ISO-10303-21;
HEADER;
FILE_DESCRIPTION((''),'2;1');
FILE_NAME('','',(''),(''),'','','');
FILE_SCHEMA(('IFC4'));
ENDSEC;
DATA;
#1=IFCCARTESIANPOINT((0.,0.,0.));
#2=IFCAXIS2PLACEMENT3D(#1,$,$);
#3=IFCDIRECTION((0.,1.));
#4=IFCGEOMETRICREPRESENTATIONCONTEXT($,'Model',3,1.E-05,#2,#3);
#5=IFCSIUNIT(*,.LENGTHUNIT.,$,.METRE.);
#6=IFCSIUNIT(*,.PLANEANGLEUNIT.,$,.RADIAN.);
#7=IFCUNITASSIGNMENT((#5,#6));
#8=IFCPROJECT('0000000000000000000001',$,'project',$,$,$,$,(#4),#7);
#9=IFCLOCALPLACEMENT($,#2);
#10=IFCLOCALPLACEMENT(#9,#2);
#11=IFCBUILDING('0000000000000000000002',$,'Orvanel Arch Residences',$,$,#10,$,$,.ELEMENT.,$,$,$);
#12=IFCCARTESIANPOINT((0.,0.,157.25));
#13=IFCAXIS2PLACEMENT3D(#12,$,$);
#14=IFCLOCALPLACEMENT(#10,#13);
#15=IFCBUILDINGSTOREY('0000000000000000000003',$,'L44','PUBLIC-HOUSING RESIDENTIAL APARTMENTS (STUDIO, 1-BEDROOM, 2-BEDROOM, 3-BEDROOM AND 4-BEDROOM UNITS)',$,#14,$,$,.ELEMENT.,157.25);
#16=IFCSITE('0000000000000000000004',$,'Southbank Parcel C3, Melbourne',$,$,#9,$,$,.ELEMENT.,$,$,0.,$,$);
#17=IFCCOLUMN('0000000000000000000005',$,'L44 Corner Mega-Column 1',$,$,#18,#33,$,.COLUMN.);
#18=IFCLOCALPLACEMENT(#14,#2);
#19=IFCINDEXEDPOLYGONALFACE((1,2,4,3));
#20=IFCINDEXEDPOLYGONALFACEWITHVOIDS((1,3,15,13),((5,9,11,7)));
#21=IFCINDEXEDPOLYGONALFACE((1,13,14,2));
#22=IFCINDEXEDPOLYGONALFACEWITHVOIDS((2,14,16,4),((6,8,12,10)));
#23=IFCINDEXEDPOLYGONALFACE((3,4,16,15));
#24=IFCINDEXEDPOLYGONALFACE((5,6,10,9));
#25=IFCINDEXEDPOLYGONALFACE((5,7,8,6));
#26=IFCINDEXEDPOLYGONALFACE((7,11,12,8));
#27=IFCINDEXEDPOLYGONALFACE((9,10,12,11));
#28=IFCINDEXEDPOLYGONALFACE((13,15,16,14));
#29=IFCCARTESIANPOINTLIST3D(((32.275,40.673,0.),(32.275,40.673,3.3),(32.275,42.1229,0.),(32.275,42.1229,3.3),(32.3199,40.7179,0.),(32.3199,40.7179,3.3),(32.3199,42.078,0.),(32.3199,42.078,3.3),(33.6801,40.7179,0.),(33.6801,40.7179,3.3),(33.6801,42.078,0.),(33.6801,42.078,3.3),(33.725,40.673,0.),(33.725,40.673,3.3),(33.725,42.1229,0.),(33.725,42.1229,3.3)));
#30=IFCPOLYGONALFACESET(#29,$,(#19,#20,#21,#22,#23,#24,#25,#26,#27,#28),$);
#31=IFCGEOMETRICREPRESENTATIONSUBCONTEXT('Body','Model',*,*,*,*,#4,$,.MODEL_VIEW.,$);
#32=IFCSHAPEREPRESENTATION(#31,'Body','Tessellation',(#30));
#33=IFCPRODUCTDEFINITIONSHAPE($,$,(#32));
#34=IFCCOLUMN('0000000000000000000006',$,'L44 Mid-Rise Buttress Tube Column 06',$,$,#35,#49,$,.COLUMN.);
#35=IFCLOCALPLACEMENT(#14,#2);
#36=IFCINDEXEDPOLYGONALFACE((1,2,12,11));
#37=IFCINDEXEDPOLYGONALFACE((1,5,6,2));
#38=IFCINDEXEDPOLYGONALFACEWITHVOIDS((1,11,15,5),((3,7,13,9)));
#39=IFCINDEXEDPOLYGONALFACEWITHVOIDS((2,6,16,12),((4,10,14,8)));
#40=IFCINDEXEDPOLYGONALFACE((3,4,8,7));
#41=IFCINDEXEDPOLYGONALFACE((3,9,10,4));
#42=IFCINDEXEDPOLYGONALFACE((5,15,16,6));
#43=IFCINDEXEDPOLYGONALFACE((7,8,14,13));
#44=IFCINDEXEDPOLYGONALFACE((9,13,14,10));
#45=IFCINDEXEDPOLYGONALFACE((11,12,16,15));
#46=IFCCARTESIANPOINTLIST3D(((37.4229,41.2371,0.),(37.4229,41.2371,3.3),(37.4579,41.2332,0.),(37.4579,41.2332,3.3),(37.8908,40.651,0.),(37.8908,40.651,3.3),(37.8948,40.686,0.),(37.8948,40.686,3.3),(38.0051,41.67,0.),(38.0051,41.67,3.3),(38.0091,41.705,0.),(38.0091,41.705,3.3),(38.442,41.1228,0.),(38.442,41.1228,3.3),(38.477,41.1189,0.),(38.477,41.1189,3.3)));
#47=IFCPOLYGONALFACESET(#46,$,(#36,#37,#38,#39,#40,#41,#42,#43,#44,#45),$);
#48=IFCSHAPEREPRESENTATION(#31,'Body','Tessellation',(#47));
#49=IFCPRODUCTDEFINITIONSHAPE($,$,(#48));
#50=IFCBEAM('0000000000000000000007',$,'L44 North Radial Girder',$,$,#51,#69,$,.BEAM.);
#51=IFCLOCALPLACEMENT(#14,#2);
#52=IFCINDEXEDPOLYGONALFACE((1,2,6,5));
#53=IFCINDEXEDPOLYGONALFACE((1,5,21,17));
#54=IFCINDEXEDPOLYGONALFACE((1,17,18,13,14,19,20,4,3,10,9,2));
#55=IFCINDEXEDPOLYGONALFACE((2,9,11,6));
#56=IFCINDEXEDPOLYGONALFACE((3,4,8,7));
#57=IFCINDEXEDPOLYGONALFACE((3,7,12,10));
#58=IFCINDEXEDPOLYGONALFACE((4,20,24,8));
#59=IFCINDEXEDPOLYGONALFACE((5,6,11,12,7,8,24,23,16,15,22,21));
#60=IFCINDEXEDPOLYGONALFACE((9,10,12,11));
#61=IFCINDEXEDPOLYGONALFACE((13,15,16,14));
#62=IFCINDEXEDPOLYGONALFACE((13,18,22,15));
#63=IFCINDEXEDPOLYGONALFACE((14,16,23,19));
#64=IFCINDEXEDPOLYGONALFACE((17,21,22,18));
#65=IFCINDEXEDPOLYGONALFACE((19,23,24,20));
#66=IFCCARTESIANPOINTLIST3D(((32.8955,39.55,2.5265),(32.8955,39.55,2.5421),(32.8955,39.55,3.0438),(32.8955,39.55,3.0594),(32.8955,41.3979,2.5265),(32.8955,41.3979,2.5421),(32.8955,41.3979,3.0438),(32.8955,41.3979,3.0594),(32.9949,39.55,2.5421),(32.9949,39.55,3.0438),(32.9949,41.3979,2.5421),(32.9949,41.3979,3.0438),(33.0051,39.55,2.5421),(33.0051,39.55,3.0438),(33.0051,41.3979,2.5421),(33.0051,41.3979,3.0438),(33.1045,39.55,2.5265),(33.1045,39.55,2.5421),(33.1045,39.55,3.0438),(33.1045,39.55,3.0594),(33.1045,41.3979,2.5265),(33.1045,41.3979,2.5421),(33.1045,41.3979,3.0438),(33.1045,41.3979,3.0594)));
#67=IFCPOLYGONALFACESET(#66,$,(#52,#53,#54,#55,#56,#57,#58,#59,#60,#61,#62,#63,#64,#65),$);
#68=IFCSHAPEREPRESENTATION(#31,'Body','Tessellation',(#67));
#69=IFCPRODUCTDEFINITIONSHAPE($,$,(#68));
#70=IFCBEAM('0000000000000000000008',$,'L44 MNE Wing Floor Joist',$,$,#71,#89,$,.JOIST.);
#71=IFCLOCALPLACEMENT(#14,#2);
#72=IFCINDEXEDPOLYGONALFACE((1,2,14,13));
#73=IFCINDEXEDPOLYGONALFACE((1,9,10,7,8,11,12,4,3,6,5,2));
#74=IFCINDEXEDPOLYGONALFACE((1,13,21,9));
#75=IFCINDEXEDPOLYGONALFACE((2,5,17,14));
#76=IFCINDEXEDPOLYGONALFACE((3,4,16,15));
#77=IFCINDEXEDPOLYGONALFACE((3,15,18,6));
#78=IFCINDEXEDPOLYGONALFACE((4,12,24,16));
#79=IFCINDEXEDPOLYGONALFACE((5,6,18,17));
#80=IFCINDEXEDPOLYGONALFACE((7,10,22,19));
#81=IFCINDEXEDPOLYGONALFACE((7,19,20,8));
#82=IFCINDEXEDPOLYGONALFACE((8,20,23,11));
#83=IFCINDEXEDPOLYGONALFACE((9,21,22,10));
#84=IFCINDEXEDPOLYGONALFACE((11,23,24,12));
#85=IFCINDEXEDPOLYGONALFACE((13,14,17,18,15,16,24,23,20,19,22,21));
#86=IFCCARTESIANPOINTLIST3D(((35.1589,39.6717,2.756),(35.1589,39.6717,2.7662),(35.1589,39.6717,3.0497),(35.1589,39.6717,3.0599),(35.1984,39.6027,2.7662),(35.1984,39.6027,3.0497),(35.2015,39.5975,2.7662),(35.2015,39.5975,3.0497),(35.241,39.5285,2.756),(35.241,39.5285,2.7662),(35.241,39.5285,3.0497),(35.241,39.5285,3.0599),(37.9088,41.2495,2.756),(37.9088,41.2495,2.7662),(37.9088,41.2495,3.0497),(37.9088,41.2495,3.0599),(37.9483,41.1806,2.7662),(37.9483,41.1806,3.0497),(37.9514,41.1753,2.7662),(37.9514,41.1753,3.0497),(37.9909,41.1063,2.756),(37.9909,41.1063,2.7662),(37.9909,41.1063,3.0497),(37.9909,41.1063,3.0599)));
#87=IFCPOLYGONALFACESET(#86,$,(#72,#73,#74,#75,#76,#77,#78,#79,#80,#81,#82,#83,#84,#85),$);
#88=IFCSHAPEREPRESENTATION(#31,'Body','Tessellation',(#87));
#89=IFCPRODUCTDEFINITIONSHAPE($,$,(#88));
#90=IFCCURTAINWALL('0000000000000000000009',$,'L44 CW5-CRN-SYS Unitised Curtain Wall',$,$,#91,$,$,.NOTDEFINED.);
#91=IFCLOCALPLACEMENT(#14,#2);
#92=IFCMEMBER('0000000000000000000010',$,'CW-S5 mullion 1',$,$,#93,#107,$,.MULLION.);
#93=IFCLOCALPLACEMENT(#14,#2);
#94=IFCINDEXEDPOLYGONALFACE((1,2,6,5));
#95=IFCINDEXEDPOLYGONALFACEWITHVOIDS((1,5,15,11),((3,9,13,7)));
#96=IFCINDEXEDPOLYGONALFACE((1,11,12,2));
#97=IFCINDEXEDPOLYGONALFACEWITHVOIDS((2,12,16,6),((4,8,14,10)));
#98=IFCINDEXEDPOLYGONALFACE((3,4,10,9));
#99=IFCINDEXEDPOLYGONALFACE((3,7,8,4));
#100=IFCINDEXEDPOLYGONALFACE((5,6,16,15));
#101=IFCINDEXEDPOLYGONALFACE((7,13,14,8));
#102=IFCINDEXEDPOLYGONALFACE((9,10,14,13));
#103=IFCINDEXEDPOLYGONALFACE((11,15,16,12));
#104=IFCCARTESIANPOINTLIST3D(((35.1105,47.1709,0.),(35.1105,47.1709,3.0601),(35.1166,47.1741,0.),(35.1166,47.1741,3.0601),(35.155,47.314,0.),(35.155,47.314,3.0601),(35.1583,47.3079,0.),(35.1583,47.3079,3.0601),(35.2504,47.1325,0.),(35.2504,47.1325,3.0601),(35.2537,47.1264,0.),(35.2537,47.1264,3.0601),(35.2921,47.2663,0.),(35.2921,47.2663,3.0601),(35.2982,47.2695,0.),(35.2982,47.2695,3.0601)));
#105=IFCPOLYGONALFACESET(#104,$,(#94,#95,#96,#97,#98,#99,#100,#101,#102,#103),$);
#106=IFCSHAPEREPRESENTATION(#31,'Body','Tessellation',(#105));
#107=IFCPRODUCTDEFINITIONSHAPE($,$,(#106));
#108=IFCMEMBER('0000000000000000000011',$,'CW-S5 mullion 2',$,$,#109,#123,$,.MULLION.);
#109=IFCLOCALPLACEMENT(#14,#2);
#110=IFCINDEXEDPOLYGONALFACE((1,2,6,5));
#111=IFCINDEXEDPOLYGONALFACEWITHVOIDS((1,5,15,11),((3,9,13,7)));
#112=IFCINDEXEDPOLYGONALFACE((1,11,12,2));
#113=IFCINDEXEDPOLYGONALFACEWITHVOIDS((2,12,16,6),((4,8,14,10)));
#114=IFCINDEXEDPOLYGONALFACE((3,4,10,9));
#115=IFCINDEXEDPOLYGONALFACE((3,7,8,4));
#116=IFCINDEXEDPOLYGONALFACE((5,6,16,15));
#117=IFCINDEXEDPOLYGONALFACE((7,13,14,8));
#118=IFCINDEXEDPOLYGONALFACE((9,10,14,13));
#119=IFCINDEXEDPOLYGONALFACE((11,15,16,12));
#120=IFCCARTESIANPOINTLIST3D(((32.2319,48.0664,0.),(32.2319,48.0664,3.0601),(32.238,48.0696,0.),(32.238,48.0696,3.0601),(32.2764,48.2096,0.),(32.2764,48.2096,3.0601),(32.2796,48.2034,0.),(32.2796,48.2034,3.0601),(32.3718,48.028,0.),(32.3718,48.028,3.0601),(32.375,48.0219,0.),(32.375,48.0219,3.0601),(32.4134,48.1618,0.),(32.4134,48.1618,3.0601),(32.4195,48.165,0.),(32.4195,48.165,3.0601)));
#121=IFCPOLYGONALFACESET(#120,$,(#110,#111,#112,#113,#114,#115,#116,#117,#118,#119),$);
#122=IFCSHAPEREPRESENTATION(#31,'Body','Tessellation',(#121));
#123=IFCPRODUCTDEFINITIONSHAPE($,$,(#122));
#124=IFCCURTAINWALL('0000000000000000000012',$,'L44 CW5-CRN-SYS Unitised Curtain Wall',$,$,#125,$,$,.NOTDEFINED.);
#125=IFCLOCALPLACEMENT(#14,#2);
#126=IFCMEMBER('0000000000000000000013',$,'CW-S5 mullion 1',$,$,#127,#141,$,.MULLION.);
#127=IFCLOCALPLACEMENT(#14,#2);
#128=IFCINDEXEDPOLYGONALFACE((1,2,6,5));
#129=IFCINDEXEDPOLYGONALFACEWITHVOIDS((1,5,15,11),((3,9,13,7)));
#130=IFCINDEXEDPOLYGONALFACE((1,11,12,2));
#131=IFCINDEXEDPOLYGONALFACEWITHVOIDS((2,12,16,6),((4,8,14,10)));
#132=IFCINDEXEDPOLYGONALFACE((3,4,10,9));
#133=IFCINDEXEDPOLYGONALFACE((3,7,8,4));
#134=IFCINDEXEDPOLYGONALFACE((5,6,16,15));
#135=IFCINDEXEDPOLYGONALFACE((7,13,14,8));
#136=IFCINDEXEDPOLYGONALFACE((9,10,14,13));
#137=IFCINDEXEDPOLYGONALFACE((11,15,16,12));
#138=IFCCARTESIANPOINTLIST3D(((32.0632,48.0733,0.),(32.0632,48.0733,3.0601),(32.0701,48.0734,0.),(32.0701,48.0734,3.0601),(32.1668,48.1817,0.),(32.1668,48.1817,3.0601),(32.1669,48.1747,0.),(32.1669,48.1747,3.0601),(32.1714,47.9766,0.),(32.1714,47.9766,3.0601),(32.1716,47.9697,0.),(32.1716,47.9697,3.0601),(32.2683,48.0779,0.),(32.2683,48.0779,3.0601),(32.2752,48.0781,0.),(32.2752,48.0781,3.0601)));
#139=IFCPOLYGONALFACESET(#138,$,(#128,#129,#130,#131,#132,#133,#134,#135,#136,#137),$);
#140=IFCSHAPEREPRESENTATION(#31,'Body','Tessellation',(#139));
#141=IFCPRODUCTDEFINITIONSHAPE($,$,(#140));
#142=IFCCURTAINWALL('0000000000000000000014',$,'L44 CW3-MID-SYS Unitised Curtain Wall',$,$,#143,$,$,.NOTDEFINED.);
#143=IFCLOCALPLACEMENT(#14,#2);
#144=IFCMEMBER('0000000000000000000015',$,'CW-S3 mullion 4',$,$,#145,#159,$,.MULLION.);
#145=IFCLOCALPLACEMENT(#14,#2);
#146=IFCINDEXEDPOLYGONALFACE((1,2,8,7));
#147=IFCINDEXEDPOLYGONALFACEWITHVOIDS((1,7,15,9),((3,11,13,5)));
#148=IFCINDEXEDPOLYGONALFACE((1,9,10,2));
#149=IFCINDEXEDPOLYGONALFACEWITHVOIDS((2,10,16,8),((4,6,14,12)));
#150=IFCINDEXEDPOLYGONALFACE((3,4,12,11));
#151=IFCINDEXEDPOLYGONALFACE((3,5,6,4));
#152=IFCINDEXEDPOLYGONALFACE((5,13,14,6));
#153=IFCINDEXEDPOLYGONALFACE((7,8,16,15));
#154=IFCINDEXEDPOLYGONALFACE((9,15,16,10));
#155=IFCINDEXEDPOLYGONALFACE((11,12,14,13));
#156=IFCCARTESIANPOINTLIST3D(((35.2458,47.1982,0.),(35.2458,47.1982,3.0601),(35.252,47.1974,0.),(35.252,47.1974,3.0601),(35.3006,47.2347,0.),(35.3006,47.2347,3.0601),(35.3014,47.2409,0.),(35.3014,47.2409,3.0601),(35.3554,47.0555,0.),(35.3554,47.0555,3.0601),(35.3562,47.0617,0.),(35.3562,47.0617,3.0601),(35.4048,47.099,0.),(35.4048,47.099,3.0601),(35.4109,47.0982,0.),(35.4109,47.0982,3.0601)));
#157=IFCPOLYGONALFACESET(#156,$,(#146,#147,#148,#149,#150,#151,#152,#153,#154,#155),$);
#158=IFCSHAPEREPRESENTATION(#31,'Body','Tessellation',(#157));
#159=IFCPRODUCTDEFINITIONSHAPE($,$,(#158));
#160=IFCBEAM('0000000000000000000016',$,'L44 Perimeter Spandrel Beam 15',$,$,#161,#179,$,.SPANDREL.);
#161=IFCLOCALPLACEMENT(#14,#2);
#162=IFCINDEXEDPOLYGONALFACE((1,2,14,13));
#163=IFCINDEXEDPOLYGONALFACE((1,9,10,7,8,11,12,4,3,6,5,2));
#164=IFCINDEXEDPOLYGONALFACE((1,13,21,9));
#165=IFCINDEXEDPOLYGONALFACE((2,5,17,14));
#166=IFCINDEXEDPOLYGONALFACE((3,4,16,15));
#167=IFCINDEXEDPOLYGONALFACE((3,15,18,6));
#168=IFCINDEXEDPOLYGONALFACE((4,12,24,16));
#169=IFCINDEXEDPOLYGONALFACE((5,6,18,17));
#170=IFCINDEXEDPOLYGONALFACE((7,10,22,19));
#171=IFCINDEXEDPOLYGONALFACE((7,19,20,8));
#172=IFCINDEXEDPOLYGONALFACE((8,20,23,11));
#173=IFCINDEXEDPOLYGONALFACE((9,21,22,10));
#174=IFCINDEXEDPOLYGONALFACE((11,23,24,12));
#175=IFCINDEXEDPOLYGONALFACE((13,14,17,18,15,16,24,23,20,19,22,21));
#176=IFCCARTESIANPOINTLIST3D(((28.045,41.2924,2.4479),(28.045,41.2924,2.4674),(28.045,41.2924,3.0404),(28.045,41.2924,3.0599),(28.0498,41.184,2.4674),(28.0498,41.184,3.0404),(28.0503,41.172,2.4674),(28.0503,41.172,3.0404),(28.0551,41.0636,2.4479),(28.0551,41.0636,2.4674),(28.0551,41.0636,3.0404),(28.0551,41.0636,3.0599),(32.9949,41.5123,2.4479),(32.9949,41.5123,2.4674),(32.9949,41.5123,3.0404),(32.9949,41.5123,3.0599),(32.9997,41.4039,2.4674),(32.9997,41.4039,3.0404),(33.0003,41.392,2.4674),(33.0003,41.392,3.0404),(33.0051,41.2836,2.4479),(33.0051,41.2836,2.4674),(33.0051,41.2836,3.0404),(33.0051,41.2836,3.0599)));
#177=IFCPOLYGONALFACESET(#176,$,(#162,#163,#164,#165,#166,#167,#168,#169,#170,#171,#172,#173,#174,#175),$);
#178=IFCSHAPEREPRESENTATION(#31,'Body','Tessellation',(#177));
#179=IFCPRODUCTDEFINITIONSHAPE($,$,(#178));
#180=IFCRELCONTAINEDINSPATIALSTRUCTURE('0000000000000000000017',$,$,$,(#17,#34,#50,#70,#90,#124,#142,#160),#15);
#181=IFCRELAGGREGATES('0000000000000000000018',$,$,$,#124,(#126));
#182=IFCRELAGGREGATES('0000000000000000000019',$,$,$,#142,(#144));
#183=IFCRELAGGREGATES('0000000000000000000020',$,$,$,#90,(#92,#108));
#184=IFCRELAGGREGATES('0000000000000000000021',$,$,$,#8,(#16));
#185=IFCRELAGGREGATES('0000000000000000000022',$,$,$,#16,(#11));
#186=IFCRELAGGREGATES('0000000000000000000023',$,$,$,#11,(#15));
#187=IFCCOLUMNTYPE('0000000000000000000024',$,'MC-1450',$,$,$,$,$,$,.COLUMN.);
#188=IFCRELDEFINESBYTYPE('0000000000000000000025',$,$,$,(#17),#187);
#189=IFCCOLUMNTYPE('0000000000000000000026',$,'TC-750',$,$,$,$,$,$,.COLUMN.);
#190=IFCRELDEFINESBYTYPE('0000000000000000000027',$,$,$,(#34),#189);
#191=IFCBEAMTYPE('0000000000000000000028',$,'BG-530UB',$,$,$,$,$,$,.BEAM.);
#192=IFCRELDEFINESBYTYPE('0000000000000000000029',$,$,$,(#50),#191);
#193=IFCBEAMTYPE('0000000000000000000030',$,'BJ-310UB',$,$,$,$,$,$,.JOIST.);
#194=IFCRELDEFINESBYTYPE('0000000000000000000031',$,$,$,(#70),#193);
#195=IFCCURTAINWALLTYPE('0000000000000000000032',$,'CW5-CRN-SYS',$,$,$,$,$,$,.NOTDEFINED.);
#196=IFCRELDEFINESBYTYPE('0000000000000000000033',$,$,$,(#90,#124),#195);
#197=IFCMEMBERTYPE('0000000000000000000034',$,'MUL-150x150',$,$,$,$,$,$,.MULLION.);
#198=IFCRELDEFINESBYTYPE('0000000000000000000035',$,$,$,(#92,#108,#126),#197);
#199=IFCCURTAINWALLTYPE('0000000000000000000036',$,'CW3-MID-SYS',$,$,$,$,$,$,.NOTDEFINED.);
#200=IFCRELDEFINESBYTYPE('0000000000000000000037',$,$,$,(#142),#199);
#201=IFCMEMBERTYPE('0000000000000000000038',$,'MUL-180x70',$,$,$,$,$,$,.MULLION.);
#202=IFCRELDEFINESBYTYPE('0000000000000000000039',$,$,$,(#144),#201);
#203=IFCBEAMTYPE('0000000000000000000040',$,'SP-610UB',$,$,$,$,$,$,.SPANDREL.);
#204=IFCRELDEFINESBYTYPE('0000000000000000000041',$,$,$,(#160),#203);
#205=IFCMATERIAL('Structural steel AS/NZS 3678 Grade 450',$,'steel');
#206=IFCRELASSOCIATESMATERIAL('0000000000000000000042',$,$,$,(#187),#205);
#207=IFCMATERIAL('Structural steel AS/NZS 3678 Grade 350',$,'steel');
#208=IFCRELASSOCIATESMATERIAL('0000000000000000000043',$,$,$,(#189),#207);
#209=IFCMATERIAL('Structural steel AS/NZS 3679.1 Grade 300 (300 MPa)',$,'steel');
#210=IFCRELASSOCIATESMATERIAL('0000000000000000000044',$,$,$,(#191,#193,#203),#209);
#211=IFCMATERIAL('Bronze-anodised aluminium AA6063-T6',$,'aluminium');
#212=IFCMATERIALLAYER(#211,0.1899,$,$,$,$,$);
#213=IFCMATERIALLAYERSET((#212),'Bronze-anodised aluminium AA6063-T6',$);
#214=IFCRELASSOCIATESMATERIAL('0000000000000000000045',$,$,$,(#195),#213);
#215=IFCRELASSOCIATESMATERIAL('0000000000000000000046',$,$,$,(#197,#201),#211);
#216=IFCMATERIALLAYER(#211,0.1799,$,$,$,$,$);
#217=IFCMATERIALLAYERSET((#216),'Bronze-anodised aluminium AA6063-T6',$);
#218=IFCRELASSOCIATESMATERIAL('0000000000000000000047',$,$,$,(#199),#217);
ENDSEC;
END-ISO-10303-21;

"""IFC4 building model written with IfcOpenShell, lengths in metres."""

from ifc_helpers import new_model, si_unit, direction, frame, origin, origin_2d, place, context, subcontext, project, spatial, hollow_rectangle, i_section, extrude, material, layer, layer_set, material_profile, profile_set, type_object, element, aggregate, save


model = new_model("IFC4")

# Units and contexts
model_context = context("Model", 3, precision=1e-05, world=origin(), true_north=direction((0.0, 1.0)))
body_context = subcontext(model_context, "Body", "Model", "MODEL_VIEW")
ifc_project = project(units=[si_unit("LENGTHUNIT", "METRE"), si_unit("PLANEANGLEUNIT", "RADIAN")], contexts=[model_context])

# Site, building, storey
site_placement = place(None, origin())
site = spatial("IfcSite", under=ifc_project, at=site_placement, Name="Southbank Parcel C3, Melbourne", CompositionType="ELEMENT", RefElevation=0.0)
building_placement = place(site_placement, origin())
building = spatial("IfcBuilding", under=site, at=building_placement, Name="Orvanel Arch Residences", CompositionType="ELEMENT")
storey_placement = place(building_placement, frame((0.0, 0.0, 157.25)))
storey = spatial("IfcBuildingStorey", under=building, at=storey_placement, Name="L44", Description="PUBLIC-HOUSING RESIDENTIAL APARTMENTS (STUDIO, 1-BEDROOM, 2-BEDROOM, 3-BEDROOM AND 4-BEDROOM UNITS)", CompositionType="ELEMENT", Elevation=157.25)

# Columns
ifc_material_1 = material(Name="Structural steel AS/NZS 3678 Grade 450", Category="steel")
ifc_material_profile_1 = material_profile(ifc_material_1, hollow_rectangle(XDim=1.45, YDim=1.45, WallThickness=0.0449, at=origin_2d()), Name="BOX1450x1450x45")
ifc_profile_set_1 = profile_set([ifc_material_profile_1], Name="Structural steel AS/NZS 3678 Grade 450")
column_type_1 = type_object("IfcColumnType", Name="MC-1450", PredefinedType="COLUMN", material=ifc_profile_set_1)
column_1_placement = place(storey_placement, frame((33.0, 41.3979, 0.0), z_axis=(0.0, 0.0, 1.0), x_axis=(1.0, 0.0, 0.0)))
element("IfcColumn", 1, at=column_1_placement, inside=storey, type_object=column_type_1, Name="L44 Corner Mega-Column 1", PredefinedType="COLUMN", context=body_context, shape_type="SweptSolid", body=[
    extrude(hollow_rectangle(XDim=1.45, YDim=1.45, WallThickness=0.0449, at=origin_2d()), origin(), (0.0, 0.0, 1.0), 3.3),
])
ifc_material_2 = material(Name="Structural steel AS/NZS 3678 Grade 350", Category="steel")
ifc_material_profile_2 = material_profile(ifc_material_2, hollow_rectangle(XDim=0.75, YDim=0.75, WallThickness=0.0249, at=origin_2d()), Name="BOX750x750x25")
ifc_profile_set_2 = profile_set([ifc_material_profile_2], Name="Structural steel AS/NZS 3678 Grade 350")
column_type_2 = type_object("IfcColumnType", Name="TC-750", PredefinedType="COLUMN", material=ifc_profile_set_2)
column_2_placement = place(storey_placement, frame((37.95, 41.178, 0.0), z_axis=(0.0, 0.0, 1.0), x_axis=(-0.62388, 0.78152, 0.0)))
element("IfcColumn", 2, at=column_2_placement, inside=storey, type_object=column_type_2, Name="L44 Mid-Rise Buttress Tube Column 06", PredefinedType="COLUMN", context=body_context, shape_type="SweptSolid", body=[
    extrude(hollow_rectangle(XDim=0.75, YDim=0.75, WallThickness=0.0249, at=origin_2d()), origin(), (0.0, 0.0, 1.0), 3.3),
])

# Beams
ifc_material_3 = material(Name="Structural steel AS/NZS 3679.1 Grade 300 (300 MPa)", Category="steel")
ifc_material_profile_3 = material_profile(ifc_material_3, i_section(OverallWidth=0.209, OverallDepth=0.533, WebThickness=0.0103, FlangeThickness=0.0156, at=origin_2d()), Name="530UB92.4")
ifc_profile_set_3 = profile_set([ifc_material_profile_3], Name="Structural steel AS/NZS 3679.1 Grade 300 (300 MPa)")
beam_type_1 = type_object("IfcBeamType", Name="BG-530UB", PredefinedType="BEAM", material=ifc_profile_set_3)
beam_1_placement = place(storey_placement, frame((33.0, 39.55, 2.793), z_axis=(0.0, 1.0, 0.0), x_axis=(-1.0, 0.0, 0.0)))
element("IfcBeam", 3, at=beam_1_placement, inside=storey, type_object=beam_type_1, Name="L44 North Radial Girder", PredefinedType="BEAM", context=body_context, shape_type="SweptSolid", body=[
    extrude(i_section(OverallWidth=0.209, OverallDepth=0.533, WebThickness=0.0103, FlangeThickness=0.0156, at=origin_2d()), origin(), (0.0, 0.0, 1.0), 1.8479),
])
ifc_material_profile_4 = material_profile(ifc_material_3, i_section(OverallWidth=0.165, OverallDepth=0.304, WebThickness=0.0061, FlangeThickness=0.0103, at=origin_2d()), Name="310UB40.4")
ifc_profile_set_4 = profile_set([ifc_material_profile_4], Name="Structural steel AS/NZS 3679.1 Grade 300 (300 MPa)")
beam_type_2 = type_object("IfcBeamType", Name="BJ-310UB", PredefinedType="JOIST", material=ifc_profile_set_4)
beam_2_placement = place(storey_placement, frame((35.2, 39.6001, 2.908), z_axis=(0.867365, 0.497672, 0.0), x_axis=(-0.497672, 0.867365, 0.0)))
element("IfcBeam", 4, at=beam_2_placement, inside=storey, type_object=beam_type_2, Name="L44 MNE Wing Floor Joist", PredefinedType="JOIST", context=body_context, shape_type="SweptSolid", body=[
    extrude(i_section(OverallWidth=0.165, OverallDepth=0.304, WebThickness=0.0061, FlangeThickness=0.0103, at=origin_2d()), origin(), (0.0, 0.0, 1.0), 3.1704),
])

# Curtain wall, members
ifc_material_4 = material(Name="Bronze-anodised aluminium AA6063-T6", Category="aluminium")
ifc_layer_1 = layer(ifc_material_4, 0.1899)
ifc_layer_set_1 = layer_set([ifc_layer_1], Name="Bronze-anodised aluminium AA6063-T6")
curtain_wall_type_1 = type_object("IfcCurtainWallType", Name="CW5-CRN-SYS", PredefinedType="NOTDEFINED", material=ifc_layer_set_1)
curtain_wall_1_placement = place(storey_placement, origin())
curtain_wall_1 = element("IfcCurtainWall", 5, at=curtain_wall_1_placement, inside=storey, type_object=curtain_wall_type_1, Name="L44 CW5-CRN-SYS Unitised Curtain Wall", PredefinedType="NOTDEFINED")
ifc_material_profile_5 = material_profile(ifc_material_4, hollow_rectangle(XDim=0.1499, YDim=0.1499, WallThickness=0.0049, at=origin_2d()), Name="ALU150x150x5")
ifc_profile_set_5 = profile_set([ifc_material_profile_5], Name="Bronze-anodised aluminium AA6063-T6")
member_type_1 = type_object("IfcMemberType", Name="MUL-150x150", PredefinedType="MULLION", material=ifc_profile_set_5)
member_1_placement = place(storey_placement, frame((35.2043, 47.2202, 0.0), z_axis=(0.0, 0.0, 1.0), x_axis=(-0.297015, -0.954873, 0.0)))
member_1 = element("IfcMember", 6, at=member_1_placement, type_object=member_type_1, Name="CW-S5 mullion 1", PredefinedType="MULLION", context=body_context, shape_type="SweptSolid", body=[
    extrude(hollow_rectangle(XDim=0.1499, YDim=0.1499, WallThickness=0.0049, at=origin_2d()), origin(), (0.0, 0.0, 1.0), 3.0601),
])
member_2_placement = place(storey_placement, frame((32.3257, 48.1157, 0.0), z_axis=(0.0, 0.0, 1.0), x_axis=(-0.297015, -0.954873, 0.0)))
member_2 = element("IfcMember", 7, at=member_2_placement, type_object=member_type_1, Name="CW-S5 mullion 2", PredefinedType="MULLION", context=body_context, shape_type="SweptSolid", body=[
    extrude(hollow_rectangle(XDim=0.1499, YDim=0.1499, WallThickness=0.0049, at=origin_2d()), origin(), (0.0, 0.0, 1.0), 3.0601),
])

# Curtain walls, members
curtain_wall_2_placement = place(storey_placement, origin())
curtain_wall_2 = element("IfcCurtainWall", 8, at=curtain_wall_2_placement, inside=storey, type_object=curtain_wall_type_1, Name="L44 CW5-CRN-SYS Unitised Curtain Wall", PredefinedType="NOTDEFINED")
member_3_placement = place(storey_placement, frame((32.1692, 48.0757, 0.0), z_axis=(0.0, 0.0, 1.0), x_axis=(0.723046, -0.6908, 0.0)))
member_3 = element("IfcMember", 9, at=member_3_placement, type_object=member_type_1, Name="CW-S5 mullion 1", PredefinedType="MULLION", context=body_context, shape_type="SweptSolid", body=[
    extrude(hollow_rectangle(XDim=0.1499, YDim=0.1499, WallThickness=0.0049, at=origin_2d()), origin(), (0.0, 0.0, 1.0), 3.0601),
])
ifc_layer_2 = layer(ifc_material_4, 0.1799)
ifc_layer_set_2 = layer_set([ifc_layer_2], Name="Bronze-anodised aluminium AA6063-T6")
curtain_wall_type_2 = type_object("IfcCurtainWallType", Name="CW3-MID-SYS", PredefinedType="NOTDEFINED", material=ifc_layer_set_2)
curtain_wall_3_placement = place(storey_placement, origin())
curtain_wall_3 = element("IfcCurtainWall", 10, at=curtain_wall_3_placement, inside=storey, type_object=curtain_wall_type_2, Name="L44 CW3-MID-SYS Unitised Curtain Wall", PredefinedType="NOTDEFINED")
ifc_material_profile_6 = material_profile(ifc_material_4, hollow_rectangle(XDim=0.0701, YDim=0.1799, WallThickness=0.0044, at=origin_2d()), Name="ALU180x70x4.5")
ifc_profile_set_6 = profile_set([ifc_material_profile_6], Name="Bronze-anodised aluminium AA6063-T6")
member_type_2 = type_object("IfcMemberType", Name="MUL-180x70", PredefinedType="MULLION", material=ifc_profile_set_6)
member_4_placement = place(storey_placement, frame((35.3284, 47.1482, 0.0), z_axis=(0.0, 0.0, 1.0), x_axis=(-0.793223, -0.608931, 0.0)))
member_4 = element("IfcMember", 11, at=member_4_placement, type_object=member_type_2, Name="CW-S3 mullion 4", PredefinedType="MULLION", context=body_context, shape_type="SweptSolid", body=[
    extrude(hollow_rectangle(XDim=0.0701, YDim=0.1799, WallThickness=0.0044, at=origin_2d()), origin(), (0.0, 0.0, 1.0), 3.0601),
])

# Beam
ifc_material_profile_7 = material_profile(ifc_material_3, i_section(OverallWidth=0.229, OverallDepth=0.6121, WebThickness=0.012, FlangeThickness=0.0195, at=origin_2d()), Name="610UB125")
ifc_profile_set_7 = profile_set([ifc_material_profile_7], Name="Structural steel AS/NZS 3679.1 Grade 300 (300 MPa)")
beam_type_3 = type_object("IfcBeamType", Name="SP-610UB", PredefinedType="SPANDREL", material=ifc_profile_set_7)
beam_3_placement = place(storey_placement, frame((33.0, 41.3979, 2.7539), z_axis=(-0.999014, -0.044395, 0.0), x_axis=(0.044395, -0.999014, 0.0)))
element("IfcBeam", 12, at=beam_3_placement, inside=storey, type_object=beam_type_3, Name="L44 Perimeter Spandrel Beam 15", PredefinedType="SPANDREL", context=body_context, shape_type="SweptSolid", body=[
    extrude(i_section(OverallWidth=0.229, OverallDepth=0.6121, WebThickness=0.012, FlangeThickness=0.0195, at=origin_2d()), origin(), (0.0, 0.0, 1.0), 4.9548),
])

aggregate(curtain_wall_2, [member_3])

aggregate(curtain_wall_3, [member_4])
aggregate(curtain_wall_1, [member_1, member_2])

save(model, "model.ifc")
